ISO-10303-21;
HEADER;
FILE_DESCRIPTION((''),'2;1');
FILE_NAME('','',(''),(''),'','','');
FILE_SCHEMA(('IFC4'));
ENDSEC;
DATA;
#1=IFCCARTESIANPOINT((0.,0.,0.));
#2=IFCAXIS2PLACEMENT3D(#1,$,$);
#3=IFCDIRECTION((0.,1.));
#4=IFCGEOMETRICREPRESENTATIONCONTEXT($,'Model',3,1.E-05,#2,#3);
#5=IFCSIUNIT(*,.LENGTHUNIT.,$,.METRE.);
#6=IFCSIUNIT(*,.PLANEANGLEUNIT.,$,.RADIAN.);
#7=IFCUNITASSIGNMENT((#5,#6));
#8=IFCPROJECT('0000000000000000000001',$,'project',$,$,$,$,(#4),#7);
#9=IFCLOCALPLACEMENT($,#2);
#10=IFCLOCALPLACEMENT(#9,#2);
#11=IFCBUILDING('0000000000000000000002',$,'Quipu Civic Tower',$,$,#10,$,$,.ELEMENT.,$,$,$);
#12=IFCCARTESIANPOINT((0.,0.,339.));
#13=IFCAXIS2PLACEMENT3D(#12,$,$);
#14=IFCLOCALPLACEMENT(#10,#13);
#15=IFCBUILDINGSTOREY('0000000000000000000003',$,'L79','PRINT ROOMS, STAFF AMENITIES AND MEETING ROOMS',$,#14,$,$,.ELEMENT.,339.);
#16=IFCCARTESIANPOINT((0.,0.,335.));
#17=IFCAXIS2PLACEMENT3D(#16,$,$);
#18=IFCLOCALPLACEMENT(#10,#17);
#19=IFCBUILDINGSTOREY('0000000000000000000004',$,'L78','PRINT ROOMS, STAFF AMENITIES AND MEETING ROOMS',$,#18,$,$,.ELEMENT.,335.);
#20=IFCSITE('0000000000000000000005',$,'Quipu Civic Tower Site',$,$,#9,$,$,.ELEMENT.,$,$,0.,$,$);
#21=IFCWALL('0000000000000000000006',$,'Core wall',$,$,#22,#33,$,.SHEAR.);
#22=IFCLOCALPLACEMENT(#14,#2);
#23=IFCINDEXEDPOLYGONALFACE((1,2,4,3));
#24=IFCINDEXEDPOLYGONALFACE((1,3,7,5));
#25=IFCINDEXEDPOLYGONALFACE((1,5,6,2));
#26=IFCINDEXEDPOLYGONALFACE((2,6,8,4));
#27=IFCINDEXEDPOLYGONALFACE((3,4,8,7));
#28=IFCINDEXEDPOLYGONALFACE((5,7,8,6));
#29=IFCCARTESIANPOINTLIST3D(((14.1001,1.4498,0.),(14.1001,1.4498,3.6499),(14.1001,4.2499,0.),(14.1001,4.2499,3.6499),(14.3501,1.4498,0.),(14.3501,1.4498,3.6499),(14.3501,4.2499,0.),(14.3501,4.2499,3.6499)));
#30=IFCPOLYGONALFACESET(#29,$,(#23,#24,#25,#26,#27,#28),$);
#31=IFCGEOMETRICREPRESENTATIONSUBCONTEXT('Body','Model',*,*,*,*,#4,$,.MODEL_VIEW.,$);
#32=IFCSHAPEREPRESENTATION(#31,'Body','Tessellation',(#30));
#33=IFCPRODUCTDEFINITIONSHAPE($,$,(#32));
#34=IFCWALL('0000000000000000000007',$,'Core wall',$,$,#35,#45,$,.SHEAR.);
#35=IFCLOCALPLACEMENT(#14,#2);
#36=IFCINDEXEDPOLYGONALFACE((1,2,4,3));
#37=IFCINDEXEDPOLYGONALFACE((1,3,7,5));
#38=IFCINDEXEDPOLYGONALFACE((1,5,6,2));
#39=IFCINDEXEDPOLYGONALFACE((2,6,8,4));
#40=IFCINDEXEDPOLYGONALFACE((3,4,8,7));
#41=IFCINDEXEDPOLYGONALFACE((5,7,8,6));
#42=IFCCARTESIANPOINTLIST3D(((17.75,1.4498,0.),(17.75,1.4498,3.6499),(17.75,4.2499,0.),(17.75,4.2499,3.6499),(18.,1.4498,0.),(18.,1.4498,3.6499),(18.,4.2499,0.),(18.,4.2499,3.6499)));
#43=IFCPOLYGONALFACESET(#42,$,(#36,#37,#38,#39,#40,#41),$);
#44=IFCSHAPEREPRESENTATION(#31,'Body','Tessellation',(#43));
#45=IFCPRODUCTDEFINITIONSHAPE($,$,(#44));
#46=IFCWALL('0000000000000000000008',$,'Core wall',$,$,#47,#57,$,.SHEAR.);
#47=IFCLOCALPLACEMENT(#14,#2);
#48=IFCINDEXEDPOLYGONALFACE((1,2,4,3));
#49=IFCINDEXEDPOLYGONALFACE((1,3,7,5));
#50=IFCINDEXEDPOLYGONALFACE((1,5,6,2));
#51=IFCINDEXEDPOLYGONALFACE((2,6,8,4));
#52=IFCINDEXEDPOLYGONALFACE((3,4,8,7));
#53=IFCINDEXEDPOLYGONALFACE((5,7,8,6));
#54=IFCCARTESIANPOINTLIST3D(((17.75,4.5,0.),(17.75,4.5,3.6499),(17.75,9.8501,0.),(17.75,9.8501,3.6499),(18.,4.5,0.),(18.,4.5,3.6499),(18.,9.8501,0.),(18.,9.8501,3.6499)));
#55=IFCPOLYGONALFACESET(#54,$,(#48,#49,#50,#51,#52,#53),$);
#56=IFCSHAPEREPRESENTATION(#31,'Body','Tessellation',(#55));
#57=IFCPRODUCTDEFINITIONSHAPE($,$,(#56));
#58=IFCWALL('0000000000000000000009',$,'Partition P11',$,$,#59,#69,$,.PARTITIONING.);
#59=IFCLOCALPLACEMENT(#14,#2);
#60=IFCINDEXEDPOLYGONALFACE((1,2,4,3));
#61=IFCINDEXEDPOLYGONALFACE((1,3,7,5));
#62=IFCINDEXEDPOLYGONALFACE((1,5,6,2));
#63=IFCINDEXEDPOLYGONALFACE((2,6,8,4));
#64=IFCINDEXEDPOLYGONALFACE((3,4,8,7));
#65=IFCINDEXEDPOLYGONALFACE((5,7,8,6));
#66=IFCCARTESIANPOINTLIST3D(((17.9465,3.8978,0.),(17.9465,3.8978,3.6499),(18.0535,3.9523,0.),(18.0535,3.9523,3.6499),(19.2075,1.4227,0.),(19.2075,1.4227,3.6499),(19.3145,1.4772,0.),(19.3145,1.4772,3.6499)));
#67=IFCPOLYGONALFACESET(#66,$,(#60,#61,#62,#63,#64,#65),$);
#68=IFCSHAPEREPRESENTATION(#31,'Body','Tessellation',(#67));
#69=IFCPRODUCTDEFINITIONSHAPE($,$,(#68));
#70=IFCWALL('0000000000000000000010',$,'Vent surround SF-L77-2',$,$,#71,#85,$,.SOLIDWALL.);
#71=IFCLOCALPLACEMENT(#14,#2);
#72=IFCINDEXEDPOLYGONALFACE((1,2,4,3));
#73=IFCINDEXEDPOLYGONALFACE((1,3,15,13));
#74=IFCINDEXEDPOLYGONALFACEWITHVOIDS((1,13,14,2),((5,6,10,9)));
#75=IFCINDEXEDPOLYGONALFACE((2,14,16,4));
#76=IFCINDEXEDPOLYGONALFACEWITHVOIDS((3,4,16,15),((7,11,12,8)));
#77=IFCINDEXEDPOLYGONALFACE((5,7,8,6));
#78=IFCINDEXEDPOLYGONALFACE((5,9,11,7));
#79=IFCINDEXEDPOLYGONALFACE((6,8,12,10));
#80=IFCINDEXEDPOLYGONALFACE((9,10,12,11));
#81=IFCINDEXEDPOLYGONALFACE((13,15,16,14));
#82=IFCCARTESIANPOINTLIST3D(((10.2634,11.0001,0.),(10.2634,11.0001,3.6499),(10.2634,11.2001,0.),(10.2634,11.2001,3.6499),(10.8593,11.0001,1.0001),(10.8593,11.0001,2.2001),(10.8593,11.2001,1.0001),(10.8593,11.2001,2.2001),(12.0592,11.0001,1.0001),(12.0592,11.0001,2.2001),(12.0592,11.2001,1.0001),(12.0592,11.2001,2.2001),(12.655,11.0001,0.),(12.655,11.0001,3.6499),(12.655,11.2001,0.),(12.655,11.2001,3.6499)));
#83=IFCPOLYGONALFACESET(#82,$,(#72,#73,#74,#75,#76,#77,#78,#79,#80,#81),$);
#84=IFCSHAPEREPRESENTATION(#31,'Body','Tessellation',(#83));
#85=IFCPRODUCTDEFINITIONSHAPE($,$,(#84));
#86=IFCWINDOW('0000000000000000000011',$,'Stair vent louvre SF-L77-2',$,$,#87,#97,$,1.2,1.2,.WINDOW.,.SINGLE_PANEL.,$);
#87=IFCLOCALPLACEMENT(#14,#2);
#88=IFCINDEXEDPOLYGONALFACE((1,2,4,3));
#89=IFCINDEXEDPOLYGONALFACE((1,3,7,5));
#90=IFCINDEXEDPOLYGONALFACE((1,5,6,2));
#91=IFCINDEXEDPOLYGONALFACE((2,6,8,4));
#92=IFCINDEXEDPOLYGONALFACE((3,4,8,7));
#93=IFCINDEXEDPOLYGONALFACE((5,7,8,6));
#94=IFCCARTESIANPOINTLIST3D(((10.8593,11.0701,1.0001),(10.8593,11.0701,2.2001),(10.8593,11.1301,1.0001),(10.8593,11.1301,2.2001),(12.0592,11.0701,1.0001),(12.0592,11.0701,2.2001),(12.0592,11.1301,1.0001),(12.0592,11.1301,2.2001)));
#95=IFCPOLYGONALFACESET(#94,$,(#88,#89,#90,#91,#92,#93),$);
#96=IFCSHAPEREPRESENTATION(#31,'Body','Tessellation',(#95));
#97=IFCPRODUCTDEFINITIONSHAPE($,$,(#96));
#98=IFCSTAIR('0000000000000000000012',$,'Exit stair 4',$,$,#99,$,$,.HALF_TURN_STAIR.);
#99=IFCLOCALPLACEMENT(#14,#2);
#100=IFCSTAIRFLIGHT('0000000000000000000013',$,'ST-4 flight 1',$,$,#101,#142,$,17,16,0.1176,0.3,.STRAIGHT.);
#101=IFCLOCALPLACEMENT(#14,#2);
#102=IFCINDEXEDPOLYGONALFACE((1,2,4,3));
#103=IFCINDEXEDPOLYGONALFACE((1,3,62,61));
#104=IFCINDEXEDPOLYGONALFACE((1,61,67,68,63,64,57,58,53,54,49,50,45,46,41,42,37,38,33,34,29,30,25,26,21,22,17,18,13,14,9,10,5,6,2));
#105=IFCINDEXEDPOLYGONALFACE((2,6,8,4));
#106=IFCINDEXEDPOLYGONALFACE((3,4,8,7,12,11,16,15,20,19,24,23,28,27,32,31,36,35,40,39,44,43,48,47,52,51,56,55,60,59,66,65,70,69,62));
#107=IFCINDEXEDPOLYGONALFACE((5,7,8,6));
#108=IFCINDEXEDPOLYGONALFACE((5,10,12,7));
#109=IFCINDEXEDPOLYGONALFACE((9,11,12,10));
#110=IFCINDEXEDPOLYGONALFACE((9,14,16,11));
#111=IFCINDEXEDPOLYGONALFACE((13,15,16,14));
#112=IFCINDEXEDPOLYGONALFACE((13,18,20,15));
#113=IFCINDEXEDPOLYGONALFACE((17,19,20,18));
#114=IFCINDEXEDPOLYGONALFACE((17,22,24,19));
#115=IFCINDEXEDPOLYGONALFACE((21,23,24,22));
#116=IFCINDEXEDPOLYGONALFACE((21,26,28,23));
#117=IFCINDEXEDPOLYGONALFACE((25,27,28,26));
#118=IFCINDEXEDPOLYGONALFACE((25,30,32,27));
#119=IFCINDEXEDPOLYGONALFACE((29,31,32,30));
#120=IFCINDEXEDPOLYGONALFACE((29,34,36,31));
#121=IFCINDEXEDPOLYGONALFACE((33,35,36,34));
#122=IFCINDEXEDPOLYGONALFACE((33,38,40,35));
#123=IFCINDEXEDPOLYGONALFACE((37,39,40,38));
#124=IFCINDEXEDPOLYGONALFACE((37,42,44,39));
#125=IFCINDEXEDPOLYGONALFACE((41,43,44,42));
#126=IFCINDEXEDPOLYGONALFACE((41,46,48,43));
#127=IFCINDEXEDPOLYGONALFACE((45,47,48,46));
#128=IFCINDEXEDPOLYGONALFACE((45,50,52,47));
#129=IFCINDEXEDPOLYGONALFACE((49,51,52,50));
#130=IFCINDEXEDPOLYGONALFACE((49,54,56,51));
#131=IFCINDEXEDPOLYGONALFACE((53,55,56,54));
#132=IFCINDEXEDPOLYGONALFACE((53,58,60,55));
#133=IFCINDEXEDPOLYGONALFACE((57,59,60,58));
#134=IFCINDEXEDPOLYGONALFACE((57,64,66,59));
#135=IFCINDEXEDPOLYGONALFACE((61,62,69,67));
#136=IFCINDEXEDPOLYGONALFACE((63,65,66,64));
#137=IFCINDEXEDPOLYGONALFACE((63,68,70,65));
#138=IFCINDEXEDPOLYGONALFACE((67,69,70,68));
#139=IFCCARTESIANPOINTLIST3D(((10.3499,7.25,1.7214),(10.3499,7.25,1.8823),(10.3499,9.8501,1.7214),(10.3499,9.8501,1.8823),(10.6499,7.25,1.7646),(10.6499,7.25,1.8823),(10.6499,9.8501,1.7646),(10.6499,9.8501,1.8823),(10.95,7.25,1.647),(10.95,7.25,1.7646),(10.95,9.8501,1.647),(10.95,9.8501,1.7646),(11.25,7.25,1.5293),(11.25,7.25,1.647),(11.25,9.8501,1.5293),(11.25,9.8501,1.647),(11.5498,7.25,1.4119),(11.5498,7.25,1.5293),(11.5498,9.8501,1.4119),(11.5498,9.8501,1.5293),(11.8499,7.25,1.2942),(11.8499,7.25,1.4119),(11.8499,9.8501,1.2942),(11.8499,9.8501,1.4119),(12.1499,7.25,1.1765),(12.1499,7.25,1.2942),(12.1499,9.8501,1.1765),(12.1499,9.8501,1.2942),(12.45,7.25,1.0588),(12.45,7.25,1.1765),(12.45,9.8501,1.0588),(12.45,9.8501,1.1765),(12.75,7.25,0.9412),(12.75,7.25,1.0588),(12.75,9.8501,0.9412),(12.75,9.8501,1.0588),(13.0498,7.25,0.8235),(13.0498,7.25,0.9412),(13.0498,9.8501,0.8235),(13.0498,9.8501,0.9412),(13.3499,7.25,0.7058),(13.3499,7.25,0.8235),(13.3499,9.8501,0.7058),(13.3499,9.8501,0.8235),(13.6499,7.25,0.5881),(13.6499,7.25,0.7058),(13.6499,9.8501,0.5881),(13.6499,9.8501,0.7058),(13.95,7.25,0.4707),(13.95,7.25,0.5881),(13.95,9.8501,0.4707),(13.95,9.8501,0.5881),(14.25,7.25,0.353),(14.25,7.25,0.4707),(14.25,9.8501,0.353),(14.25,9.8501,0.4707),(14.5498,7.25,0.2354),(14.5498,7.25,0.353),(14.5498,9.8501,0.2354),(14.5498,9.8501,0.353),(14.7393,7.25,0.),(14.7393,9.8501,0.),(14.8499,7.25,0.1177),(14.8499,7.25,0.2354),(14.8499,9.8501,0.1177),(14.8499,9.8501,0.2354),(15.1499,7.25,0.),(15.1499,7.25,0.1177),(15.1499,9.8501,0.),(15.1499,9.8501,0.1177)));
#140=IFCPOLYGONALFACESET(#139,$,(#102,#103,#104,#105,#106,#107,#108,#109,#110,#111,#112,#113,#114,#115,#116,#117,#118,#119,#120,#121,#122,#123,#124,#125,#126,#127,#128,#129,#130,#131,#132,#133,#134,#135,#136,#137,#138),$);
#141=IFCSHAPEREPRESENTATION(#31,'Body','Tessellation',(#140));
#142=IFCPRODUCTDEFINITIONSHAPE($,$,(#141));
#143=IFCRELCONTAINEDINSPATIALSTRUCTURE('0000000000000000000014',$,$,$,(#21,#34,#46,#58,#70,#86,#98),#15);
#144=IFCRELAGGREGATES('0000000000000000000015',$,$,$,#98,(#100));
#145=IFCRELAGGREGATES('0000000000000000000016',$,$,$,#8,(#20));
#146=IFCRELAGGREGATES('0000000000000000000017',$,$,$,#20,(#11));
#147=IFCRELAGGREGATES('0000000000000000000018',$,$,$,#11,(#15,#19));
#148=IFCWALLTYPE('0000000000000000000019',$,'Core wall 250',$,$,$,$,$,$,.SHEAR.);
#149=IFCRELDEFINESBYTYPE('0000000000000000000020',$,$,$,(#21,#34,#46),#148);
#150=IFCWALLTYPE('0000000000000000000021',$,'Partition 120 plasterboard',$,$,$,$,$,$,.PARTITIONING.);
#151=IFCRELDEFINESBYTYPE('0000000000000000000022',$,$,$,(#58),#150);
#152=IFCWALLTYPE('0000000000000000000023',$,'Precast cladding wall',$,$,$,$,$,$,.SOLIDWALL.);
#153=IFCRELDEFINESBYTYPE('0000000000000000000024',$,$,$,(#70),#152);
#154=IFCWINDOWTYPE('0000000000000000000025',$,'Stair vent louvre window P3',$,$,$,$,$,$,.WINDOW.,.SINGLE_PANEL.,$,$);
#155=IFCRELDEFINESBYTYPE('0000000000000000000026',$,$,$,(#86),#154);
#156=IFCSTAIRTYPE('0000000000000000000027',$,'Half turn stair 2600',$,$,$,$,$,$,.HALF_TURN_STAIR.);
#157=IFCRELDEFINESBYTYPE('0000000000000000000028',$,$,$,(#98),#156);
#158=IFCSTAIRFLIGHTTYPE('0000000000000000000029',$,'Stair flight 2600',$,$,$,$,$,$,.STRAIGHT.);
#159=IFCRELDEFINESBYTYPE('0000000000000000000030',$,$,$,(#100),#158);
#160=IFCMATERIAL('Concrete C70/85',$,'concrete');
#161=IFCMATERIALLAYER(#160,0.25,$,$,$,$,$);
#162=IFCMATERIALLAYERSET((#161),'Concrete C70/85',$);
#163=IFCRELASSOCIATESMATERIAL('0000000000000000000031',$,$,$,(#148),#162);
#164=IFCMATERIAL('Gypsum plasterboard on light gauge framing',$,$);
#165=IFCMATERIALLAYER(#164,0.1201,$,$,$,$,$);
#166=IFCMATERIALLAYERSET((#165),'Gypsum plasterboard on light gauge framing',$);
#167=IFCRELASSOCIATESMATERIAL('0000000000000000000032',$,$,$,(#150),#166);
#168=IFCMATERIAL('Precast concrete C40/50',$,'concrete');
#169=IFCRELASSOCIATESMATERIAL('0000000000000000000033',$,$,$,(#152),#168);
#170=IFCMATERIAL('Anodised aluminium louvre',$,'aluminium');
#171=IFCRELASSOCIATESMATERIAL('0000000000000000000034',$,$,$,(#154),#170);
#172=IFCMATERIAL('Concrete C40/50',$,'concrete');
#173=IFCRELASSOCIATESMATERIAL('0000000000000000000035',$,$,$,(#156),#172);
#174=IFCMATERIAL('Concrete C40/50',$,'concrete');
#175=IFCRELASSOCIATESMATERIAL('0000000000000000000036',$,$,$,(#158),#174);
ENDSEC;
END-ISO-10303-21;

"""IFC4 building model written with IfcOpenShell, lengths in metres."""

from ifc_helpers import new_model, si_unit, direction, frame, frame_2d, origin, place, context, subcontext, project, spatial, polyline, rectangle, outline, extrude, material, layer, layer_set, type_object, element, fill, aggregate, save


model = new_model("IFC4")

# Units and contexts
model_context = context("Model", 3, precision=1e-05, world=origin(), true_north=direction((0.0, 1.0)))
body_context = subcontext(model_context, "Body", "Model", "MODEL_VIEW")
ifc_project = project(units=[si_unit("LENGTHUNIT", "METRE"), si_unit("PLANEANGLEUNIT", "RADIAN")], contexts=[model_context])

# Site, building, storey
site_placement = place(None, origin())
site = spatial("IfcSite", under=ifc_project, at=site_placement, Name="Quipu Civic Tower Site", CompositionType="ELEMENT", RefElevation=0.0)
building_placement = place(site_placement, origin())
building = spatial("IfcBuilding", under=site, at=building_placement, Name="Quipu Civic Tower", CompositionType="ELEMENT")
storey_1_placement = place(building_placement, frame((0.0, 0.0, 339.0)))
storey_1 = spatial("IfcBuildingStorey", under=building, at=storey_1_placement, Name="L79", Description="PRINT ROOMS, STAFF AMENITIES AND MEETING ROOMS", CompositionType="ELEMENT", Elevation=339.0)

# Shared definitions
storey_2_placement = place(building_placement, frame((0.0, 0.0, 335.0)))
storey_2 = spatial("IfcBuildingStorey", under=building, at=storey_2_placement, Name="L78", Description="PRINT ROOMS, STAFF AMENITIES AND MEETING ROOMS", CompositionType="ELEMENT", Elevation=335.0)

# Shared definitions
ifc_material_1 = material(Name="Concrete C70/85", Category="concrete")
ifc_layer_1 = layer(ifc_material_1, 0.25)
ifc_layer_set_1 = layer_set([ifc_layer_1], Name="Concrete C70/85")
wall_type_1 = type_object("IfcWallType", Name="Core wall 250", PredefinedType="SHEAR", material=ifc_layer_set_1)

# Walls
for number, where, z_axis, x_axis, name in (
    (1, (14.2251, 1.45, 0.0), (0.0, 0.0, 1.0), (0.0, 1.0, 0.0), "Core wall"),
    (2, (17.875, 1.45, 0.0), (0.0, 0.0, 1.0), (0.0, 1.0, 0.0), "Core wall"),
):
    element("IfcWall", number, at=place(storey_1_placement, frame(where, z_axis=z_axis, x_axis=x_axis)), inside=storey_1, type_object=wall_type_1, Name=name, PredefinedType="SHEAR", context=body_context, shape_type="SweptSolid", body=[
        extrude(rectangle(XDim=2.8, YDim=0.25, at=frame_2d((1.3999, 0.0))), origin(), (0.0, 0.0, 1.0), 3.6499),
    ])
wall_1_placement = place(storey_1_placement, frame((17.875, 4.5, 0.0), z_axis=(0.0, 0.0, 1.0), x_axis=(0.0, 1.0, 0.0)))
element("IfcWall", 3, at=wall_1_placement, inside=storey_1, type_object=wall_type_1, Name="Core wall", PredefinedType="SHEAR", context=body_context, shape_type="SweptSolid", body=[
    extrude(rectangle(XDim=5.3501, YDim=0.25, at=frame_2d((2.675, 0.0))), origin(), (0.0, 0.0, 1.0), 3.6499),
])
ifc_material_2 = material(Name="Gypsum plasterboard on light gauge framing")
ifc_layer_2 = layer(ifc_material_2, 0.1201)
ifc_layer_set_2 = layer_set([ifc_layer_2], Name="Gypsum plasterboard on light gauge framing")
wall_type_2 = type_object("IfcWallType", Name="Partition 120 plasterboard", PredefinedType="PARTITIONING", material=ifc_layer_set_2)
wall_2_placement = place(storey_1_placement, frame((18.0, 3.925, 0.0), z_axis=(0.0, 0.0, 1.0), x_axis=(0.453951, -0.891027, 0.0)))
element("IfcWall", 4, at=wall_2_placement, inside=storey_1, type_object=wall_type_2, Name="Partition P11", PredefinedType="PARTITIONING", context=body_context, shape_type="SweptSolid", body=[
    extrude(rectangle(XDim=2.7778, YDim=0.1201, at=frame_2d((1.3889, 0.0))), origin(), (0.0, 0.0, 1.0), 3.6499),
])

# Wall, opening, window
ifc_material_3 = material(Name="Precast concrete C40/50", Category="concrete")
wall_type_3 = type_object("IfcWallType", Name="Precast cladding wall", PredefinedType="SOLIDWALL", material=ifc_material_3)
wall_3_placement = place(storey_1_placement, frame((12.655, 11.1001, 0.0), z_axis=(0.0, 0.0, 1.0), x_axis=(-1.0, 0.0, 0.0)))
wall_3 = element("IfcWall", 5, at=wall_3_placement, inside=storey_1, type_object=wall_type_3, Name="Vent surround SF-L77-2", PredefinedType="SOLIDWALL", context=body_context, shape_type="SweptSolid", body=[
    extrude(rectangle(XDim=2.3916, YDim=0.2, at=frame_2d((1.1958, 0.0))), origin(), (0.0, 0.0, 1.0), 3.6499),
])
opening_1_placement = place(wall_3_placement, frame((0.5957, 0.0, 1.0)))
opening_1 = element("IfcOpeningElement", 6, at=opening_1_placement, cuts=wall_3, PredefinedType="OPENING", context=body_context, shape_type="SweptSolid", body=[
    extrude(rectangle(XDim=1.2, YDim=1.2, at=frame_2d((0.6001, 0.6001))), frame((0.0, 0.1099, 0.0), z_axis=(0.0, -1.0, 0.0), x_axis=(1.0, 0.0, 0.0)), (0.0, 0.0, 1.0), 0.22),
])
ifc_material_4 = material(Name="Anodised aluminium louvre", Category="aluminium")
window_type = type_object("IfcWindowType", Name="Stair vent louvre window P3", PartitioningType="SINGLE_PANEL", PredefinedType="WINDOW", material=ifc_material_4)
window_placement = place(opening_1_placement, origin())
window = element("IfcWindow", 7, at=window_placement, inside=storey_1, type_object=window_type, Name="Stair vent louvre SF-L77-2", OverallHeight=1.2, OverallWidth=1.2, PartitioningType="SINGLE_PANEL", PredefinedType="WINDOW", context=body_context, shape_type="SweptSolid", body=[
    extrude(rectangle(XDim=1.2, YDim=1.2, at=frame_2d((0.6001, 0.6001))), frame((0.0, 0.03, 0.0), z_axis=(0.0, -1.0, 0.0), x_axis=(1.0, 0.0, 0.0)), (0.0, 0.0, 1.0), 0.0601),
])
fill(opening_1, window)

# Stair, stair flight
ifc_material_5 = material(Name="Concrete C40/50", Category="concrete")
stair_type = type_object("IfcStairType", Name="Half turn stair 2600", PredefinedType="HALF_TURN_STAIR", material=ifc_material_5)
stair_placement = place(storey_1_placement, origin())
stair = element("IfcStair", 8, at=stair_placement, inside=storey_1, type_object=stair_type, Name="Exit stair 4", PredefinedType="HALF_TURN_STAIR")
ifc_material_6 = material(Name="Concrete C40/50", Category="concrete")
stair_flight_type = type_object("IfcStairFlightType", Name="Stair flight 2600", PredefinedType="STRAIGHT", material=ifc_material_6)
stair_flight_placement = place(storey_1_placement, frame((15.1499, 8.55, 0.0), z_axis=(0.0, 0.0, 1.0), x_axis=(-1.0, 0.0, 0.0)))
stair_flight = element("IfcStairFlight", 9, at=stair_flight_placement, type_object=stair_flight_type, Name="ST-4 flight 1", NumberOfRisers=17, NumberOfTreads=16, PredefinedType="STRAIGHT", RiserHeight=0.1176, TreadLength=0.3, context=body_context, shape_type="SweptSolid", body=[
    extrude(outline(polyline([(0.0, 0.0), (0.0, 0.1177), (0.3, 0.1177), (0.3, 0.2354), (0.6001, 0.2354), (0.6001, 0.353), (0.8999, 0.353), (0.8999, 0.4707), (1.2, 0.4707), (1.2, 0.5881), (1.5, 0.5881), (1.5, 0.7058), (1.8, 0.7058), (1.8, 0.8235), (2.1001, 0.8235), (2.1001, 0.9412), (2.3999, 0.9412), (2.3999, 1.0588), (2.7, 1.0588), (2.7, 1.1765), (3.0, 1.1765), (3.0, 1.2942), (3.3, 1.2942), (3.3, 1.4119), (3.6001, 1.4119), (3.6001, 1.5293), (3.8999, 1.5293), (3.8999, 1.647), (4.2, 1.647), (4.2, 1.7646), (4.5, 1.7646), (4.5, 1.8823), (4.8, 1.8823), (4.8, 2.0), (4.8, 1.7214), (0.4106, 0.0), (0.0, 0.0)])), frame((0.0, 1.3, 0.0), z_axis=(0.0, -1.0, 0.0), x_axis=(1.0, 0.0, 0.0)), (0.0, 0.0, 1.0), 2.6001),
])
aggregate(stair, [stair_flight])

save(model, "model.ifc")
